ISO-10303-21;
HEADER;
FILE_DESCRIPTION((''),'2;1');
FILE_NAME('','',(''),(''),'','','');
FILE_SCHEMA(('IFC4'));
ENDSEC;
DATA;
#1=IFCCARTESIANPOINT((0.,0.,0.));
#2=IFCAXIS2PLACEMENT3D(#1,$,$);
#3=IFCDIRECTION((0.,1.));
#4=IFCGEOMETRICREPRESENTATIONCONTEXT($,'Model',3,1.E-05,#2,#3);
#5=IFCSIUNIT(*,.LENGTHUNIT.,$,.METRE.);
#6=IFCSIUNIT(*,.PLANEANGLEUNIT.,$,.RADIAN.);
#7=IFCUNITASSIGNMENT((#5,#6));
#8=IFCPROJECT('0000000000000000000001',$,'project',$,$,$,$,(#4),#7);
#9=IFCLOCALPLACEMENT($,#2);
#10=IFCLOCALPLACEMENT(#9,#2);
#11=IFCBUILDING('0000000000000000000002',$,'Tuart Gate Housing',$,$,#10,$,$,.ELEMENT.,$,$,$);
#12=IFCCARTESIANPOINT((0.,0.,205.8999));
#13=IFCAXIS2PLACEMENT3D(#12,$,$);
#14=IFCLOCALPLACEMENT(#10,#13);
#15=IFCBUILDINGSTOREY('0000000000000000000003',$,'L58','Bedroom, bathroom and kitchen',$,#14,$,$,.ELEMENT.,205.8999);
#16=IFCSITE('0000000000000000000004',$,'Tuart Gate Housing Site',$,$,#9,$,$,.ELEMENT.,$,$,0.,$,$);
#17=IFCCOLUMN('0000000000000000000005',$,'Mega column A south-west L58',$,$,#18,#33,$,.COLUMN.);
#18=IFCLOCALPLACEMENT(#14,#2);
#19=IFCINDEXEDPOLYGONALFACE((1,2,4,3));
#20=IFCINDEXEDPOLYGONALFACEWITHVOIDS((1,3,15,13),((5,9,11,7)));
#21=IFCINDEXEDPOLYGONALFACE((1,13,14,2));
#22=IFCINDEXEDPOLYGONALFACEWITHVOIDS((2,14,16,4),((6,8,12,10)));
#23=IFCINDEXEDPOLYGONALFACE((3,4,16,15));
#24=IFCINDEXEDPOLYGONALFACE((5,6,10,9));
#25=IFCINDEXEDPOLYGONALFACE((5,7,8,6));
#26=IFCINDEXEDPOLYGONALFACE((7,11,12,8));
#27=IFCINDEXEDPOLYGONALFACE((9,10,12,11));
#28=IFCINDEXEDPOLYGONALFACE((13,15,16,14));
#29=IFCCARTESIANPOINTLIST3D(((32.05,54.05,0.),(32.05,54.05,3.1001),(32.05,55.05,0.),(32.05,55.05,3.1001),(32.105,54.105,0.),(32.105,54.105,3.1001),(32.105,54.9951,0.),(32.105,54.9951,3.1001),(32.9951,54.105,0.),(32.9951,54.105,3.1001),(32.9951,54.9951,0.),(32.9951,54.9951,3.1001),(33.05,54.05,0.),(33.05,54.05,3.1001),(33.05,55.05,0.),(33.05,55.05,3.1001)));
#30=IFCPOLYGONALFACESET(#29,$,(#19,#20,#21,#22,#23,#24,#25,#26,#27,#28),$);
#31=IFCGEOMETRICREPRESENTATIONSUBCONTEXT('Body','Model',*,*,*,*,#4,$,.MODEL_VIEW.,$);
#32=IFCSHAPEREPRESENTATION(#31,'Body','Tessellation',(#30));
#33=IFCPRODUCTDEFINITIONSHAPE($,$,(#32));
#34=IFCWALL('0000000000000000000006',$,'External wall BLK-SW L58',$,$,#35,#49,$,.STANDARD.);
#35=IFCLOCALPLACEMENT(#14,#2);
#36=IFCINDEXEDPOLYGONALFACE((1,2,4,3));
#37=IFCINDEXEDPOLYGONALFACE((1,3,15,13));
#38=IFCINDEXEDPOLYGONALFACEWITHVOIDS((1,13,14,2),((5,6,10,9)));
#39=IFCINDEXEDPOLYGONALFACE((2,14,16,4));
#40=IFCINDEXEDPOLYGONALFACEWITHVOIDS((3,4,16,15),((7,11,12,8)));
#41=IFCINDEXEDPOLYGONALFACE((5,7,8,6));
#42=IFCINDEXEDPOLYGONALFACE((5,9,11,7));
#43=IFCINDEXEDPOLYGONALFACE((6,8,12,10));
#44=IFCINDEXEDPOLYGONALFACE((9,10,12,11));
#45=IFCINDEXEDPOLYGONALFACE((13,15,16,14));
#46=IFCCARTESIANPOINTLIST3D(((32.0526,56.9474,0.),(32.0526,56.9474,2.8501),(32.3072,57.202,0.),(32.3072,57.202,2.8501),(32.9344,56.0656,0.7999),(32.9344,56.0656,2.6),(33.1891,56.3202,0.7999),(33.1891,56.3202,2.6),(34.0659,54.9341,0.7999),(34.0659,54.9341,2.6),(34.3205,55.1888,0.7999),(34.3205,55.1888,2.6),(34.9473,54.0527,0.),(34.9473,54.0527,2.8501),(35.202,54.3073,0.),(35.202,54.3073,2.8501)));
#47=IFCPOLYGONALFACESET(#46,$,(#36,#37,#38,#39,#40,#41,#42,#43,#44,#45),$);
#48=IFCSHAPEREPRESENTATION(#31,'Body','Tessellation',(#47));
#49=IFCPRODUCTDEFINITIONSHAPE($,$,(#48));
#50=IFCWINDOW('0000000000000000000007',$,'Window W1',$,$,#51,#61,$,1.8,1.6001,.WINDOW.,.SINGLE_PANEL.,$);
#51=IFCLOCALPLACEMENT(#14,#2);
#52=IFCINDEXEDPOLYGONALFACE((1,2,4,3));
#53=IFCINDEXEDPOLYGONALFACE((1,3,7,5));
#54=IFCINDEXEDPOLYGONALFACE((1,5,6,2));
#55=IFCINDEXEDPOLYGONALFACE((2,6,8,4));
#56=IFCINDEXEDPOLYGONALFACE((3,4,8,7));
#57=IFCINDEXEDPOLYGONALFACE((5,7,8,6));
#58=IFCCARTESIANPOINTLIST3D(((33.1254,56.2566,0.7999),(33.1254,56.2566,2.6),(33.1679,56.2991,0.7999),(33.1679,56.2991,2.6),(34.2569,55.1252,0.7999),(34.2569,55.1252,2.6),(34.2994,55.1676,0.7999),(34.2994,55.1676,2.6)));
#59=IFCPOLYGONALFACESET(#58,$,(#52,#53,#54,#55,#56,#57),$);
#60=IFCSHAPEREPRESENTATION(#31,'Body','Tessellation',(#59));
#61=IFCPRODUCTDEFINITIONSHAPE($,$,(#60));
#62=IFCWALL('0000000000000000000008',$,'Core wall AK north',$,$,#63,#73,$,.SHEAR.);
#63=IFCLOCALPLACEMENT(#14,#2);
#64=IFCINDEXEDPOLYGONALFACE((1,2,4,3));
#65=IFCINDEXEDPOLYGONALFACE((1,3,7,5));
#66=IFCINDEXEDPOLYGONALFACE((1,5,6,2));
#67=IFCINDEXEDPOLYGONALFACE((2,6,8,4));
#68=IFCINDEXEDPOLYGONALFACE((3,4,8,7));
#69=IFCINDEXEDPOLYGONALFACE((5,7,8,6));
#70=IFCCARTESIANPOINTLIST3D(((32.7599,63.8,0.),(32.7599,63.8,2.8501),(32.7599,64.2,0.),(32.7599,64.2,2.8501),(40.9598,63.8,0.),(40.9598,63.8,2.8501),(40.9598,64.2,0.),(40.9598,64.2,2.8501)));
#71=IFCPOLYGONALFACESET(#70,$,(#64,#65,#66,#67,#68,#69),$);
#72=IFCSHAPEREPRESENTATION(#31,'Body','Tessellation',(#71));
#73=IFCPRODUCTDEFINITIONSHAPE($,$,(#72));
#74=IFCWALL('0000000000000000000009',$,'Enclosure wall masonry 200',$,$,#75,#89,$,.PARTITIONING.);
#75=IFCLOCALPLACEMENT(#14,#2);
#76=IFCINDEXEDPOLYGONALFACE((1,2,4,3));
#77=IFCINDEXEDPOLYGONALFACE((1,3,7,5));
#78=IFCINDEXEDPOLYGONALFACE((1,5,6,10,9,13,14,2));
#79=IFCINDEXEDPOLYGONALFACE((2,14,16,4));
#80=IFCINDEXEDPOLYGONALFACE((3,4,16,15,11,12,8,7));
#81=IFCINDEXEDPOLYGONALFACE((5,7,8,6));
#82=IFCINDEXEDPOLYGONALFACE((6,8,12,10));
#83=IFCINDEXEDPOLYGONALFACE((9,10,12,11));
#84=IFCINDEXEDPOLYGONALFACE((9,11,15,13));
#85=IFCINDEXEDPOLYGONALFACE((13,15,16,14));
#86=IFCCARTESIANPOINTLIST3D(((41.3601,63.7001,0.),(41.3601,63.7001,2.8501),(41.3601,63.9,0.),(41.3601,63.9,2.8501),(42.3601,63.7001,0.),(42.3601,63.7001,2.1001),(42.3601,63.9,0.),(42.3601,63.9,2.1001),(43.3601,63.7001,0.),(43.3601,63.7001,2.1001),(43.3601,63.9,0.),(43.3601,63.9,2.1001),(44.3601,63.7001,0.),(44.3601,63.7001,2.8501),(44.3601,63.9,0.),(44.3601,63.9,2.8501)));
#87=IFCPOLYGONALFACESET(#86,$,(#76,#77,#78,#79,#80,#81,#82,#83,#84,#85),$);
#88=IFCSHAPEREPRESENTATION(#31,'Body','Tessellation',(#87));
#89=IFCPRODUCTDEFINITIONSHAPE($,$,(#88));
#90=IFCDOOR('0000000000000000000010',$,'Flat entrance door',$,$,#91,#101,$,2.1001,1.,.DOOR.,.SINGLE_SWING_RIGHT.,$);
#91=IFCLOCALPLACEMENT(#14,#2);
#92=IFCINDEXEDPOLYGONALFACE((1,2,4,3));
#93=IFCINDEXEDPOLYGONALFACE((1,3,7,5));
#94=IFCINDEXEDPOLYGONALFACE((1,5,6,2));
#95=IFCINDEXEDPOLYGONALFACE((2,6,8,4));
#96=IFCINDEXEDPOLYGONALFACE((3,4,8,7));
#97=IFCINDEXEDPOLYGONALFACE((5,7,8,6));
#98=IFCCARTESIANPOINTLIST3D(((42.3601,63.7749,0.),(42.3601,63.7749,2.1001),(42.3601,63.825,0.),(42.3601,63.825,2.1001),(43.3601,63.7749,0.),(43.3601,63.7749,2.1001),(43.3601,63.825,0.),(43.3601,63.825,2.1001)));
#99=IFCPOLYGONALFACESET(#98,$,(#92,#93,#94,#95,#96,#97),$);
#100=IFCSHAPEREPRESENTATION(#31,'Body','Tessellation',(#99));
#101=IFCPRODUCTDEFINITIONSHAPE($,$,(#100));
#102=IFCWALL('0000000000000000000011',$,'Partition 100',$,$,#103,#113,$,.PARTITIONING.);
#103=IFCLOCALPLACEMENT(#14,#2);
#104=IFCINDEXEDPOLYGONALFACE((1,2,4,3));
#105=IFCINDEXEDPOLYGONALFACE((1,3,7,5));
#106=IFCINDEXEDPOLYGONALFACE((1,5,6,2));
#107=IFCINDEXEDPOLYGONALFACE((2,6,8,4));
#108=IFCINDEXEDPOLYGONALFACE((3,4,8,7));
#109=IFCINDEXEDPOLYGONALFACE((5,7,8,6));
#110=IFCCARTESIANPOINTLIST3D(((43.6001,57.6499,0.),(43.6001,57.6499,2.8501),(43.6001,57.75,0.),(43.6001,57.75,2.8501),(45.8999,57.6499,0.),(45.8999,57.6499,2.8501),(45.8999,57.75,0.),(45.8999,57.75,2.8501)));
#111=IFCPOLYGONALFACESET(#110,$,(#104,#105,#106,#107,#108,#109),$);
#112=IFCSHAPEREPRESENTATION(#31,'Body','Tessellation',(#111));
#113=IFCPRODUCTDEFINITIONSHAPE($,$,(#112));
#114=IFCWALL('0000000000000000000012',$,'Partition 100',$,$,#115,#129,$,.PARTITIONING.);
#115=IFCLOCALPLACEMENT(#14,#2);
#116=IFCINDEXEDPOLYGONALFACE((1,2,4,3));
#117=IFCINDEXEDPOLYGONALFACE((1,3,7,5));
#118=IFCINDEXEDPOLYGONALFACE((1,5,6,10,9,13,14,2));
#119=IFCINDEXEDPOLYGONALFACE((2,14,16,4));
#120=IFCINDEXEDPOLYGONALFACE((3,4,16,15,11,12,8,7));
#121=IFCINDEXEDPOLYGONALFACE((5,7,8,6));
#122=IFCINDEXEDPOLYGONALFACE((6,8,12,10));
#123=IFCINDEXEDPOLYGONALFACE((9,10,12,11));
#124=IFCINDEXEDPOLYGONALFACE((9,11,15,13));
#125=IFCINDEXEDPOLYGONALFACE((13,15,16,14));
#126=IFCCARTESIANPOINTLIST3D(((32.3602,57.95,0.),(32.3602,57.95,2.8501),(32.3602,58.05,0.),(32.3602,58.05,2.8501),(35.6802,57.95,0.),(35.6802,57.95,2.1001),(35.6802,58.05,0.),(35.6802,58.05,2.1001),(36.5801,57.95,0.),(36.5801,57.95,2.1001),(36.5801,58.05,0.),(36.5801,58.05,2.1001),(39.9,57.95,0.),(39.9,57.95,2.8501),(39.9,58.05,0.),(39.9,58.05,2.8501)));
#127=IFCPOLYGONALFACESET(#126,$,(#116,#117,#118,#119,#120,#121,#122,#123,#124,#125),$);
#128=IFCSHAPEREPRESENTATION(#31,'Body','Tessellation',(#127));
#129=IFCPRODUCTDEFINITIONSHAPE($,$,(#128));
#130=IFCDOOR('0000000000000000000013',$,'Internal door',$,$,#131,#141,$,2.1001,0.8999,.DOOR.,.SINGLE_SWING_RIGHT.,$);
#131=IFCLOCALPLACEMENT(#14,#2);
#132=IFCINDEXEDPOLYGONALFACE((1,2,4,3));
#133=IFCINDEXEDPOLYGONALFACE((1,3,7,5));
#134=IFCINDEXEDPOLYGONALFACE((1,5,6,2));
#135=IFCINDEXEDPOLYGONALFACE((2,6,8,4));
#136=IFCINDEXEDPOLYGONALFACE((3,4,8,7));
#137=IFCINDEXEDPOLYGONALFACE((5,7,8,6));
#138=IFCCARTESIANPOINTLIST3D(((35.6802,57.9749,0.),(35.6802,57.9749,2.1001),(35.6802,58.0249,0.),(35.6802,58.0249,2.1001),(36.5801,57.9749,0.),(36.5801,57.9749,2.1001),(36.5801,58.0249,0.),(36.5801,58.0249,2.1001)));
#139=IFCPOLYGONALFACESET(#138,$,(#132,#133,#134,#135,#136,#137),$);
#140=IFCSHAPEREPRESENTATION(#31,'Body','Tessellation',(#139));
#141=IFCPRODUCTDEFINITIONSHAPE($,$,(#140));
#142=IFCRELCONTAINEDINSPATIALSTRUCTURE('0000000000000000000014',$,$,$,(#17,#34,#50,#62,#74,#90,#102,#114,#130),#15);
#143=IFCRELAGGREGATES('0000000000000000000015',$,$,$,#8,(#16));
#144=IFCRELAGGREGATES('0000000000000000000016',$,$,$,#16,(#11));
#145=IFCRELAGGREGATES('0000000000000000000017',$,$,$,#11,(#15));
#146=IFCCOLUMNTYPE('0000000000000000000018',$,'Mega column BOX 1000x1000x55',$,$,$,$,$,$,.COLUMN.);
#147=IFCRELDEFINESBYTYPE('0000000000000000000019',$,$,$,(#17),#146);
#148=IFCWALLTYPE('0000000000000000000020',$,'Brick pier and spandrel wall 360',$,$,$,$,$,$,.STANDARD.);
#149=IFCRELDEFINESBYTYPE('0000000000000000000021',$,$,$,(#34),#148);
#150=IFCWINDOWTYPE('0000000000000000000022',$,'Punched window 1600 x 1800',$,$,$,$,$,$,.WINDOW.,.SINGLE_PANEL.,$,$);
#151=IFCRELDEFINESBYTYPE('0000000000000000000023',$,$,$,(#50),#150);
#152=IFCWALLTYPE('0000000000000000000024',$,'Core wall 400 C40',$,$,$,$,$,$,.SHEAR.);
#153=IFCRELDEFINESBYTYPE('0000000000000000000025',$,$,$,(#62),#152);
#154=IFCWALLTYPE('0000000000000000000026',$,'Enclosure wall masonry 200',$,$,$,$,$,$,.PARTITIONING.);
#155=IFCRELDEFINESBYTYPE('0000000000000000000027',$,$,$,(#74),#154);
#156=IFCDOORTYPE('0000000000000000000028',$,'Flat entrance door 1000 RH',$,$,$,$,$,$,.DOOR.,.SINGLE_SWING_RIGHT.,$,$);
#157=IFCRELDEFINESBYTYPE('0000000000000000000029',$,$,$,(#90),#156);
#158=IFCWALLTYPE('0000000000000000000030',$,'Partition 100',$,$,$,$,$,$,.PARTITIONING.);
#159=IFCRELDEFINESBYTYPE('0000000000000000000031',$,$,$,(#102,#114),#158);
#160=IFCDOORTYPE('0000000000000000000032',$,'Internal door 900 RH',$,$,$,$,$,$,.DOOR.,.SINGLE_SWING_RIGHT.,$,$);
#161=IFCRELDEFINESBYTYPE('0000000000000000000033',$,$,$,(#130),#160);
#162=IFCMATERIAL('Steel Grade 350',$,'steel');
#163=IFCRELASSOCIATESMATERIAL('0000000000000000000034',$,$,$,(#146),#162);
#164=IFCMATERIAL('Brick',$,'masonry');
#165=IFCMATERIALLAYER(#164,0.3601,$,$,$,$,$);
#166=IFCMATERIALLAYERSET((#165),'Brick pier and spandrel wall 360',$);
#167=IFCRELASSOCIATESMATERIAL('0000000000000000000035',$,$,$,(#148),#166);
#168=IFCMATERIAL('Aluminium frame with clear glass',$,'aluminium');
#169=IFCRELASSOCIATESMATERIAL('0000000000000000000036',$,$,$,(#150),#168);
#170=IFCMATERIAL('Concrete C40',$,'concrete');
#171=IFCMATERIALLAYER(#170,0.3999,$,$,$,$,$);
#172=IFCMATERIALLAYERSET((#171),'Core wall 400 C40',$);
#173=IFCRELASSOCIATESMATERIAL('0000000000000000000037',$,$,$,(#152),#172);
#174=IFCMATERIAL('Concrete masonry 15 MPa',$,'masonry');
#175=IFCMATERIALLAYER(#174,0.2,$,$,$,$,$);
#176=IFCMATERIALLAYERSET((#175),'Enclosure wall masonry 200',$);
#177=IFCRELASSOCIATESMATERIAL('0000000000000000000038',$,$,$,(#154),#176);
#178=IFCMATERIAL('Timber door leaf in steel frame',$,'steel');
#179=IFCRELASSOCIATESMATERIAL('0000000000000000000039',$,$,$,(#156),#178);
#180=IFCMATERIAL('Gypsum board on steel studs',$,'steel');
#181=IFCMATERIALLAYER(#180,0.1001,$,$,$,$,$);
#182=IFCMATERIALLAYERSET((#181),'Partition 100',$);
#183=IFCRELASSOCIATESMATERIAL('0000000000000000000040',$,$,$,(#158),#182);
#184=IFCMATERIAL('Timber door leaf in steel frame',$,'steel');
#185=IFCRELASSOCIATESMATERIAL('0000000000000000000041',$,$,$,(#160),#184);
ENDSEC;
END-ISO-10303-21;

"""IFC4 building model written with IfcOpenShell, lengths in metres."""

from ifc_helpers import new_model, si_unit, direction, frame, frame_2d, origin, origin_2d, place, context, subcontext, project, spatial, rectangle, hollow_rectangle, extrude, material, layer, layer_set, material_profile, profile_set, type_object, element, fill, save


model = new_model("IFC4")

# Units and contexts
model_context = context("Model", 3, precision=1e-05, world=origin(), true_north=direction((0.0, 1.0)))
body_context = subcontext(model_context, "Body", "Model", "MODEL_VIEW")
ifc_project = project(units=[si_unit("LENGTHUNIT", "METRE"), si_unit("PLANEANGLEUNIT", "RADIAN")], contexts=[model_context])

# Site, building, storey
site_placement = place(None, origin())
site = spatial("IfcSite", under=ifc_project, at=site_placement, Name="Tuart Gate Housing Site", CompositionType="ELEMENT", RefElevation=0.0)
building_placement = place(site_placement, origin())
building = spatial("IfcBuilding", under=site, at=building_placement, Name="Tuart Gate Housing", CompositionType="ELEMENT")
storey_placement = place(building_placement, frame((0.0, 0.0, 205.8999)))
storey = spatial("IfcBuildingStorey", under=building, at=storey_placement, Name="L58", Description="Bedroom, bathroom and kitchen", CompositionType="ELEMENT", Elevation=205.8999)

# Column
ifc_material_1 = material(Name="Steel Grade 350", Category="steel")
ifc_material_profile = material_profile(ifc_material_1, hollow_rectangle(XDim=1.0, YDim=1.0, WallThickness=0.0549, at=origin_2d()), Name="BOX 1000x1000x55")
ifc_profile_set = profile_set([ifc_material_profile], Name="Steel Grade 350")
column_type = type_object("IfcColumnType", Name="Mega column BOX 1000x1000x55", PredefinedType="COLUMN", material=ifc_profile_set)
column_placement = place(storey_placement, frame((32.55, 54.55, 0.0), z_axis=(0.0, 0.0, 1.0), x_axis=(1.0, 0.0, 0.0)))
element("IfcColumn", 1, at=column_placement, inside=storey, type_object=column_type, Name="Mega column A south-west L58", PredefinedType="COLUMN", context=body_context, shape_type="SweptSolid", body=[
    extrude(hollow_rectangle(XDim=1.0, YDim=1.0, WallThickness=0.0549, at=origin_2d()), origin(), (0.0, 0.0, 1.0), 3.1001),
])

# Wall, opening, window
ifc_material_2 = material(Name="Brick", Category="masonry")
ifc_layer_1 = layer(ifc_material_2, 0.3601)
ifc_layer_set_1 = layer_set([ifc_layer_1], Name="Brick pier and spandrel wall 360")
wall_type_1 = type_object("IfcWallType", Name="Brick pier and spandrel wall 360", PredefinedType="STANDARD", material=ifc_layer_set_1)
wall_1_placement = place(storey_placement, frame((32.1799, 57.0747, 0.0), z_axis=(0.0, 0.0, 1.0), x_axis=(0.707107, -0.707107, 0.0)))
wall_1 = element("IfcWall", 2, at=wall_1_placement, inside=storey, type_object=wall_type_1, Name="External wall BLK-SW L58", PredefinedType="STANDARD", context=body_context, shape_type="SweptSolid", body=[
    extrude(rectangle(XDim=4.0938, YDim=0.3601, at=frame_2d((2.0469, 0.0))), origin(), (0.0, 0.0, 1.0), 2.8501),
])
opening_1_placement = place(wall_1_placement, frame((1.2471, 0.0, 0.8)))
opening_1 = element("IfcOpeningElement", 3, at=opening_1_placement, cuts=wall_1, PredefinedType="OPENING", context=body_context, shape_type="SweptSolid", body=[
    extrude(rectangle(XDim=1.6001, YDim=1.8, at=frame_2d((0.8, 0.8999))), frame((0.0, 0.1899, 0.0), z_axis=(0.0, -1.0, 0.0), x_axis=(1.0, 0.0, 0.0)), (0.0, 0.0, 1.0), 0.3801),
])
ifc_material_3 = material(Name="Aluminium frame with clear glass", Category="aluminium")
window_type = type_object("IfcWindowType", Name="Punched window 1600 x 1800", PartitioningType="SINGLE_PANEL", PredefinedType="WINDOW", material=ifc_material_3)
window_placement = place(opening_1_placement, origin())
window = element("IfcWindow", 4, at=window_placement, inside=storey, type_object=window_type, Name="Window W1", OverallHeight=1.8, OverallWidth=1.6001, PartitioningType="SINGLE_PANEL", PredefinedType="WINDOW", context=body_context, shape_type="SweptSolid", body=[
    extrude(rectangle(XDim=1.6001, YDim=1.8, at=frame_2d((0.8, 0.8999))), frame((0.0, 0.1501, 0.0), z_axis=(0.0, -1.0, 0.0), x_axis=(1.0, 0.0, 0.0)), (0.0, 0.0, 1.0), 0.0601),
])
fill(opening_1, window)

# Wall
ifc_material_4 = material(Name="Concrete C40", Category="concrete")
ifc_layer_2 = layer(ifc_material_4, 0.3999)
ifc_layer_set_2 = layer_set([ifc_layer_2], Name="Core wall 400 C40")
wall_type_2 = type_object("IfcWallType", Name="Core wall 400 C40", PredefinedType="SHEAR", material=ifc_layer_set_2)
wall_2_placement = place(storey_placement, frame((40.96, 64.0, 0.0), z_axis=(0.0, 0.0, 1.0), x_axis=(-1.0, 0.0, 0.0)))
element("IfcWall", 5, at=wall_2_placement, inside=storey, type_object=wall_type_2, Name="Core wall AK north", PredefinedType="SHEAR", context=body_context, shape_type="SweptSolid", body=[
    extrude(rectangle(XDim=8.2, YDim=0.3999, at=frame_2d((4.1001, 0.0))), origin(), (0.0, 0.0, 1.0), 2.8501),
])

# Wall, opening, door
ifc_material_5 = material(Name="Concrete masonry 15 MPa", Category="masonry")
ifc_layer_3 = layer(ifc_material_5, 0.2)
ifc_layer_set_3 = layer_set([ifc_layer_3], Name="Enclosure wall masonry 200")
wall_type_3 = type_object("IfcWallType", Name="Enclosure wall masonry 200", PredefinedType="PARTITIONING", material=ifc_layer_set_3)
wall_3_placement = place(storey_placement, frame((41.3601, 63.8, 0.0), z_axis=(0.0, 0.0, 1.0), x_axis=(1.0, 0.0, 0.0)))
wall_3 = element("IfcWall", 6, at=wall_3_placement, inside=storey, type_object=wall_type_3, Name="Enclosure wall masonry 200", PredefinedType="PARTITIONING", context=body_context, shape_type="SweptSolid", body=[
    extrude(rectangle(XDim=3.0, YDim=0.2, at=frame_2d((1.5, 0.0))), origin(), (0.0, 0.0, 1.0), 2.8501),
])
opening_2_placement = place(wall_3_placement, frame((1.0, 0.0, 0.0)))
opening_2 = element("IfcOpeningElement", 7, at=opening_2_placement, cuts=wall_3, PredefinedType="OPENING", context=body_context, shape_type="SweptSolid", body=[
    extrude(rectangle(XDim=1.0, YDim=2.1001, at=frame_2d((0.5, 1.05))), frame((0.0, 0.1099, 0.0), z_axis=(0.0, -1.0, 0.0), x_axis=(1.0, 0.0, 0.0)), (0.0, 0.0, 1.0), 0.22),
])
ifc_material_6 = material(Name="Timber door leaf in steel frame", Category="steel")
door_type_1 = type_object("IfcDoorType", Name="Flat entrance door 1000 RH", OperationType="SINGLE_SWING_RIGHT", PredefinedType="DOOR", material=ifc_material_6)
door_1_placement = place(opening_2_placement, frame((1.0, 0.0, 0.0), z_axis=(0.0, 0.0, 1.0), x_axis=(-1.0, 0.0, 0.0)))
door_1 = element("IfcDoor", 8, at=door_1_placement, inside=storey, type_object=door_type_1, Name="Flat entrance door", OperationType="SINGLE_SWING_RIGHT", OverallHeight=2.1001, OverallWidth=1.0, PredefinedType="DOOR", context=body_context, shape_type="SweptSolid", body=[
    extrude(rectangle(XDim=1.0, YDim=2.1001, at=frame_2d((0.5, 1.05))), frame((0.0, 0.0251, 0.0), z_axis=(0.0, -1.0, 0.0), x_axis=(1.0, 0.0, 0.0)), (0.0, 0.0, 1.0), 0.05),
])
fill(opening_2, door_1)

# Wall
ifc_material_7 = material(Name="Gypsum board on steel studs", Category="steel")
ifc_layer_4 = layer(ifc_material_7, 0.1001)
ifc_layer_set_4 = layer_set([ifc_layer_4], Name="Partition 100")
wall_type_4 = type_object("IfcWallType", Name="Partition 100", PredefinedType="PARTITIONING", material=ifc_layer_set_4)
wall_4_placement = place(storey_placement, frame((43.6001, 57.7, 0.0), z_axis=(0.0, 0.0, 1.0), x_axis=(1.0, 0.0, 0.0)))
element("IfcWall", 9, at=wall_4_placement, inside=storey, type_object=wall_type_4, Name="Partition 100", PredefinedType="PARTITIONING", context=body_context, shape_type="SweptSolid", body=[
    extrude(rectangle(XDim=2.2998, YDim=0.1001, at=frame_2d((1.1499, 0.0))), origin(), (0.0, 0.0, 1.0), 2.8501),
])

# Wall, opening, door
wall_5_placement = place(storey_placement, frame((32.3601, 58.0, 0.0), z_axis=(0.0, 0.0, 1.0), x_axis=(1.0, 0.0, 0.0)))
wall_5 = element("IfcWall", 10, at=wall_5_placement, inside=storey, type_object=wall_type_4, Name="Partition 100", PredefinedType="PARTITIONING", context=body_context, shape_type="SweptSolid", body=[
    extrude(rectangle(XDim=7.5398, YDim=0.1001, at=frame_2d((3.77, 0.0))), origin(), (0.0, 0.0, 1.0), 2.8501),
])
opening_3_placement = place(wall_5_placement, frame((3.3201, 0.0, 0.0)))
opening_3 = element("IfcOpeningElement", 11, at=opening_3_placement, cuts=wall_5, PredefinedType="OPENING", context=body_context, shape_type="SweptSolid", body=[
    extrude(rectangle(XDim=0.8999, YDim=2.1001, at=frame_2d((0.45, 1.05))), frame((0.0, 0.0601, 0.0), z_axis=(0.0, -1.0, 0.0), x_axis=(1.0, 0.0, 0.0)), (0.0, 0.0, 1.0), 0.1201),
])
ifc_material_8 = material(Name="Timber door leaf in steel frame", Category="steel")
door_type_2 = type_object("IfcDoorType", Name="Internal door 900 RH", OperationType="SINGLE_SWING_RIGHT", PredefinedType="DOOR", material=ifc_material_8)
door_2_placement = place(opening_3_placement, frame((0.8999, 0.0, 0.0), z_axis=(0.0, 0.0, 1.0), x_axis=(-1.0, 0.0, 0.0)))
door_2 = element("IfcDoor", 12, at=door_2_placement, inside=storey, type_object=door_type_2, Name="Internal door", OperationType="SINGLE_SWING_RIGHT", OverallHeight=2.1001, OverallWidth=0.8999, PredefinedType="DOOR", context=body_context, shape_type="SweptSolid", body=[
    extrude(rectangle(XDim=0.8999, YDim=2.1001, at=frame_2d((0.45, 1.05))), frame((0.0, 0.0251, 0.0), z_axis=(0.0, -1.0, 0.0), x_axis=(1.0, 0.0, 0.0)), (0.0, 0.0, 1.0), 0.05),
])
fill(opening_3, door_2)

save(model, "model.ifc")
